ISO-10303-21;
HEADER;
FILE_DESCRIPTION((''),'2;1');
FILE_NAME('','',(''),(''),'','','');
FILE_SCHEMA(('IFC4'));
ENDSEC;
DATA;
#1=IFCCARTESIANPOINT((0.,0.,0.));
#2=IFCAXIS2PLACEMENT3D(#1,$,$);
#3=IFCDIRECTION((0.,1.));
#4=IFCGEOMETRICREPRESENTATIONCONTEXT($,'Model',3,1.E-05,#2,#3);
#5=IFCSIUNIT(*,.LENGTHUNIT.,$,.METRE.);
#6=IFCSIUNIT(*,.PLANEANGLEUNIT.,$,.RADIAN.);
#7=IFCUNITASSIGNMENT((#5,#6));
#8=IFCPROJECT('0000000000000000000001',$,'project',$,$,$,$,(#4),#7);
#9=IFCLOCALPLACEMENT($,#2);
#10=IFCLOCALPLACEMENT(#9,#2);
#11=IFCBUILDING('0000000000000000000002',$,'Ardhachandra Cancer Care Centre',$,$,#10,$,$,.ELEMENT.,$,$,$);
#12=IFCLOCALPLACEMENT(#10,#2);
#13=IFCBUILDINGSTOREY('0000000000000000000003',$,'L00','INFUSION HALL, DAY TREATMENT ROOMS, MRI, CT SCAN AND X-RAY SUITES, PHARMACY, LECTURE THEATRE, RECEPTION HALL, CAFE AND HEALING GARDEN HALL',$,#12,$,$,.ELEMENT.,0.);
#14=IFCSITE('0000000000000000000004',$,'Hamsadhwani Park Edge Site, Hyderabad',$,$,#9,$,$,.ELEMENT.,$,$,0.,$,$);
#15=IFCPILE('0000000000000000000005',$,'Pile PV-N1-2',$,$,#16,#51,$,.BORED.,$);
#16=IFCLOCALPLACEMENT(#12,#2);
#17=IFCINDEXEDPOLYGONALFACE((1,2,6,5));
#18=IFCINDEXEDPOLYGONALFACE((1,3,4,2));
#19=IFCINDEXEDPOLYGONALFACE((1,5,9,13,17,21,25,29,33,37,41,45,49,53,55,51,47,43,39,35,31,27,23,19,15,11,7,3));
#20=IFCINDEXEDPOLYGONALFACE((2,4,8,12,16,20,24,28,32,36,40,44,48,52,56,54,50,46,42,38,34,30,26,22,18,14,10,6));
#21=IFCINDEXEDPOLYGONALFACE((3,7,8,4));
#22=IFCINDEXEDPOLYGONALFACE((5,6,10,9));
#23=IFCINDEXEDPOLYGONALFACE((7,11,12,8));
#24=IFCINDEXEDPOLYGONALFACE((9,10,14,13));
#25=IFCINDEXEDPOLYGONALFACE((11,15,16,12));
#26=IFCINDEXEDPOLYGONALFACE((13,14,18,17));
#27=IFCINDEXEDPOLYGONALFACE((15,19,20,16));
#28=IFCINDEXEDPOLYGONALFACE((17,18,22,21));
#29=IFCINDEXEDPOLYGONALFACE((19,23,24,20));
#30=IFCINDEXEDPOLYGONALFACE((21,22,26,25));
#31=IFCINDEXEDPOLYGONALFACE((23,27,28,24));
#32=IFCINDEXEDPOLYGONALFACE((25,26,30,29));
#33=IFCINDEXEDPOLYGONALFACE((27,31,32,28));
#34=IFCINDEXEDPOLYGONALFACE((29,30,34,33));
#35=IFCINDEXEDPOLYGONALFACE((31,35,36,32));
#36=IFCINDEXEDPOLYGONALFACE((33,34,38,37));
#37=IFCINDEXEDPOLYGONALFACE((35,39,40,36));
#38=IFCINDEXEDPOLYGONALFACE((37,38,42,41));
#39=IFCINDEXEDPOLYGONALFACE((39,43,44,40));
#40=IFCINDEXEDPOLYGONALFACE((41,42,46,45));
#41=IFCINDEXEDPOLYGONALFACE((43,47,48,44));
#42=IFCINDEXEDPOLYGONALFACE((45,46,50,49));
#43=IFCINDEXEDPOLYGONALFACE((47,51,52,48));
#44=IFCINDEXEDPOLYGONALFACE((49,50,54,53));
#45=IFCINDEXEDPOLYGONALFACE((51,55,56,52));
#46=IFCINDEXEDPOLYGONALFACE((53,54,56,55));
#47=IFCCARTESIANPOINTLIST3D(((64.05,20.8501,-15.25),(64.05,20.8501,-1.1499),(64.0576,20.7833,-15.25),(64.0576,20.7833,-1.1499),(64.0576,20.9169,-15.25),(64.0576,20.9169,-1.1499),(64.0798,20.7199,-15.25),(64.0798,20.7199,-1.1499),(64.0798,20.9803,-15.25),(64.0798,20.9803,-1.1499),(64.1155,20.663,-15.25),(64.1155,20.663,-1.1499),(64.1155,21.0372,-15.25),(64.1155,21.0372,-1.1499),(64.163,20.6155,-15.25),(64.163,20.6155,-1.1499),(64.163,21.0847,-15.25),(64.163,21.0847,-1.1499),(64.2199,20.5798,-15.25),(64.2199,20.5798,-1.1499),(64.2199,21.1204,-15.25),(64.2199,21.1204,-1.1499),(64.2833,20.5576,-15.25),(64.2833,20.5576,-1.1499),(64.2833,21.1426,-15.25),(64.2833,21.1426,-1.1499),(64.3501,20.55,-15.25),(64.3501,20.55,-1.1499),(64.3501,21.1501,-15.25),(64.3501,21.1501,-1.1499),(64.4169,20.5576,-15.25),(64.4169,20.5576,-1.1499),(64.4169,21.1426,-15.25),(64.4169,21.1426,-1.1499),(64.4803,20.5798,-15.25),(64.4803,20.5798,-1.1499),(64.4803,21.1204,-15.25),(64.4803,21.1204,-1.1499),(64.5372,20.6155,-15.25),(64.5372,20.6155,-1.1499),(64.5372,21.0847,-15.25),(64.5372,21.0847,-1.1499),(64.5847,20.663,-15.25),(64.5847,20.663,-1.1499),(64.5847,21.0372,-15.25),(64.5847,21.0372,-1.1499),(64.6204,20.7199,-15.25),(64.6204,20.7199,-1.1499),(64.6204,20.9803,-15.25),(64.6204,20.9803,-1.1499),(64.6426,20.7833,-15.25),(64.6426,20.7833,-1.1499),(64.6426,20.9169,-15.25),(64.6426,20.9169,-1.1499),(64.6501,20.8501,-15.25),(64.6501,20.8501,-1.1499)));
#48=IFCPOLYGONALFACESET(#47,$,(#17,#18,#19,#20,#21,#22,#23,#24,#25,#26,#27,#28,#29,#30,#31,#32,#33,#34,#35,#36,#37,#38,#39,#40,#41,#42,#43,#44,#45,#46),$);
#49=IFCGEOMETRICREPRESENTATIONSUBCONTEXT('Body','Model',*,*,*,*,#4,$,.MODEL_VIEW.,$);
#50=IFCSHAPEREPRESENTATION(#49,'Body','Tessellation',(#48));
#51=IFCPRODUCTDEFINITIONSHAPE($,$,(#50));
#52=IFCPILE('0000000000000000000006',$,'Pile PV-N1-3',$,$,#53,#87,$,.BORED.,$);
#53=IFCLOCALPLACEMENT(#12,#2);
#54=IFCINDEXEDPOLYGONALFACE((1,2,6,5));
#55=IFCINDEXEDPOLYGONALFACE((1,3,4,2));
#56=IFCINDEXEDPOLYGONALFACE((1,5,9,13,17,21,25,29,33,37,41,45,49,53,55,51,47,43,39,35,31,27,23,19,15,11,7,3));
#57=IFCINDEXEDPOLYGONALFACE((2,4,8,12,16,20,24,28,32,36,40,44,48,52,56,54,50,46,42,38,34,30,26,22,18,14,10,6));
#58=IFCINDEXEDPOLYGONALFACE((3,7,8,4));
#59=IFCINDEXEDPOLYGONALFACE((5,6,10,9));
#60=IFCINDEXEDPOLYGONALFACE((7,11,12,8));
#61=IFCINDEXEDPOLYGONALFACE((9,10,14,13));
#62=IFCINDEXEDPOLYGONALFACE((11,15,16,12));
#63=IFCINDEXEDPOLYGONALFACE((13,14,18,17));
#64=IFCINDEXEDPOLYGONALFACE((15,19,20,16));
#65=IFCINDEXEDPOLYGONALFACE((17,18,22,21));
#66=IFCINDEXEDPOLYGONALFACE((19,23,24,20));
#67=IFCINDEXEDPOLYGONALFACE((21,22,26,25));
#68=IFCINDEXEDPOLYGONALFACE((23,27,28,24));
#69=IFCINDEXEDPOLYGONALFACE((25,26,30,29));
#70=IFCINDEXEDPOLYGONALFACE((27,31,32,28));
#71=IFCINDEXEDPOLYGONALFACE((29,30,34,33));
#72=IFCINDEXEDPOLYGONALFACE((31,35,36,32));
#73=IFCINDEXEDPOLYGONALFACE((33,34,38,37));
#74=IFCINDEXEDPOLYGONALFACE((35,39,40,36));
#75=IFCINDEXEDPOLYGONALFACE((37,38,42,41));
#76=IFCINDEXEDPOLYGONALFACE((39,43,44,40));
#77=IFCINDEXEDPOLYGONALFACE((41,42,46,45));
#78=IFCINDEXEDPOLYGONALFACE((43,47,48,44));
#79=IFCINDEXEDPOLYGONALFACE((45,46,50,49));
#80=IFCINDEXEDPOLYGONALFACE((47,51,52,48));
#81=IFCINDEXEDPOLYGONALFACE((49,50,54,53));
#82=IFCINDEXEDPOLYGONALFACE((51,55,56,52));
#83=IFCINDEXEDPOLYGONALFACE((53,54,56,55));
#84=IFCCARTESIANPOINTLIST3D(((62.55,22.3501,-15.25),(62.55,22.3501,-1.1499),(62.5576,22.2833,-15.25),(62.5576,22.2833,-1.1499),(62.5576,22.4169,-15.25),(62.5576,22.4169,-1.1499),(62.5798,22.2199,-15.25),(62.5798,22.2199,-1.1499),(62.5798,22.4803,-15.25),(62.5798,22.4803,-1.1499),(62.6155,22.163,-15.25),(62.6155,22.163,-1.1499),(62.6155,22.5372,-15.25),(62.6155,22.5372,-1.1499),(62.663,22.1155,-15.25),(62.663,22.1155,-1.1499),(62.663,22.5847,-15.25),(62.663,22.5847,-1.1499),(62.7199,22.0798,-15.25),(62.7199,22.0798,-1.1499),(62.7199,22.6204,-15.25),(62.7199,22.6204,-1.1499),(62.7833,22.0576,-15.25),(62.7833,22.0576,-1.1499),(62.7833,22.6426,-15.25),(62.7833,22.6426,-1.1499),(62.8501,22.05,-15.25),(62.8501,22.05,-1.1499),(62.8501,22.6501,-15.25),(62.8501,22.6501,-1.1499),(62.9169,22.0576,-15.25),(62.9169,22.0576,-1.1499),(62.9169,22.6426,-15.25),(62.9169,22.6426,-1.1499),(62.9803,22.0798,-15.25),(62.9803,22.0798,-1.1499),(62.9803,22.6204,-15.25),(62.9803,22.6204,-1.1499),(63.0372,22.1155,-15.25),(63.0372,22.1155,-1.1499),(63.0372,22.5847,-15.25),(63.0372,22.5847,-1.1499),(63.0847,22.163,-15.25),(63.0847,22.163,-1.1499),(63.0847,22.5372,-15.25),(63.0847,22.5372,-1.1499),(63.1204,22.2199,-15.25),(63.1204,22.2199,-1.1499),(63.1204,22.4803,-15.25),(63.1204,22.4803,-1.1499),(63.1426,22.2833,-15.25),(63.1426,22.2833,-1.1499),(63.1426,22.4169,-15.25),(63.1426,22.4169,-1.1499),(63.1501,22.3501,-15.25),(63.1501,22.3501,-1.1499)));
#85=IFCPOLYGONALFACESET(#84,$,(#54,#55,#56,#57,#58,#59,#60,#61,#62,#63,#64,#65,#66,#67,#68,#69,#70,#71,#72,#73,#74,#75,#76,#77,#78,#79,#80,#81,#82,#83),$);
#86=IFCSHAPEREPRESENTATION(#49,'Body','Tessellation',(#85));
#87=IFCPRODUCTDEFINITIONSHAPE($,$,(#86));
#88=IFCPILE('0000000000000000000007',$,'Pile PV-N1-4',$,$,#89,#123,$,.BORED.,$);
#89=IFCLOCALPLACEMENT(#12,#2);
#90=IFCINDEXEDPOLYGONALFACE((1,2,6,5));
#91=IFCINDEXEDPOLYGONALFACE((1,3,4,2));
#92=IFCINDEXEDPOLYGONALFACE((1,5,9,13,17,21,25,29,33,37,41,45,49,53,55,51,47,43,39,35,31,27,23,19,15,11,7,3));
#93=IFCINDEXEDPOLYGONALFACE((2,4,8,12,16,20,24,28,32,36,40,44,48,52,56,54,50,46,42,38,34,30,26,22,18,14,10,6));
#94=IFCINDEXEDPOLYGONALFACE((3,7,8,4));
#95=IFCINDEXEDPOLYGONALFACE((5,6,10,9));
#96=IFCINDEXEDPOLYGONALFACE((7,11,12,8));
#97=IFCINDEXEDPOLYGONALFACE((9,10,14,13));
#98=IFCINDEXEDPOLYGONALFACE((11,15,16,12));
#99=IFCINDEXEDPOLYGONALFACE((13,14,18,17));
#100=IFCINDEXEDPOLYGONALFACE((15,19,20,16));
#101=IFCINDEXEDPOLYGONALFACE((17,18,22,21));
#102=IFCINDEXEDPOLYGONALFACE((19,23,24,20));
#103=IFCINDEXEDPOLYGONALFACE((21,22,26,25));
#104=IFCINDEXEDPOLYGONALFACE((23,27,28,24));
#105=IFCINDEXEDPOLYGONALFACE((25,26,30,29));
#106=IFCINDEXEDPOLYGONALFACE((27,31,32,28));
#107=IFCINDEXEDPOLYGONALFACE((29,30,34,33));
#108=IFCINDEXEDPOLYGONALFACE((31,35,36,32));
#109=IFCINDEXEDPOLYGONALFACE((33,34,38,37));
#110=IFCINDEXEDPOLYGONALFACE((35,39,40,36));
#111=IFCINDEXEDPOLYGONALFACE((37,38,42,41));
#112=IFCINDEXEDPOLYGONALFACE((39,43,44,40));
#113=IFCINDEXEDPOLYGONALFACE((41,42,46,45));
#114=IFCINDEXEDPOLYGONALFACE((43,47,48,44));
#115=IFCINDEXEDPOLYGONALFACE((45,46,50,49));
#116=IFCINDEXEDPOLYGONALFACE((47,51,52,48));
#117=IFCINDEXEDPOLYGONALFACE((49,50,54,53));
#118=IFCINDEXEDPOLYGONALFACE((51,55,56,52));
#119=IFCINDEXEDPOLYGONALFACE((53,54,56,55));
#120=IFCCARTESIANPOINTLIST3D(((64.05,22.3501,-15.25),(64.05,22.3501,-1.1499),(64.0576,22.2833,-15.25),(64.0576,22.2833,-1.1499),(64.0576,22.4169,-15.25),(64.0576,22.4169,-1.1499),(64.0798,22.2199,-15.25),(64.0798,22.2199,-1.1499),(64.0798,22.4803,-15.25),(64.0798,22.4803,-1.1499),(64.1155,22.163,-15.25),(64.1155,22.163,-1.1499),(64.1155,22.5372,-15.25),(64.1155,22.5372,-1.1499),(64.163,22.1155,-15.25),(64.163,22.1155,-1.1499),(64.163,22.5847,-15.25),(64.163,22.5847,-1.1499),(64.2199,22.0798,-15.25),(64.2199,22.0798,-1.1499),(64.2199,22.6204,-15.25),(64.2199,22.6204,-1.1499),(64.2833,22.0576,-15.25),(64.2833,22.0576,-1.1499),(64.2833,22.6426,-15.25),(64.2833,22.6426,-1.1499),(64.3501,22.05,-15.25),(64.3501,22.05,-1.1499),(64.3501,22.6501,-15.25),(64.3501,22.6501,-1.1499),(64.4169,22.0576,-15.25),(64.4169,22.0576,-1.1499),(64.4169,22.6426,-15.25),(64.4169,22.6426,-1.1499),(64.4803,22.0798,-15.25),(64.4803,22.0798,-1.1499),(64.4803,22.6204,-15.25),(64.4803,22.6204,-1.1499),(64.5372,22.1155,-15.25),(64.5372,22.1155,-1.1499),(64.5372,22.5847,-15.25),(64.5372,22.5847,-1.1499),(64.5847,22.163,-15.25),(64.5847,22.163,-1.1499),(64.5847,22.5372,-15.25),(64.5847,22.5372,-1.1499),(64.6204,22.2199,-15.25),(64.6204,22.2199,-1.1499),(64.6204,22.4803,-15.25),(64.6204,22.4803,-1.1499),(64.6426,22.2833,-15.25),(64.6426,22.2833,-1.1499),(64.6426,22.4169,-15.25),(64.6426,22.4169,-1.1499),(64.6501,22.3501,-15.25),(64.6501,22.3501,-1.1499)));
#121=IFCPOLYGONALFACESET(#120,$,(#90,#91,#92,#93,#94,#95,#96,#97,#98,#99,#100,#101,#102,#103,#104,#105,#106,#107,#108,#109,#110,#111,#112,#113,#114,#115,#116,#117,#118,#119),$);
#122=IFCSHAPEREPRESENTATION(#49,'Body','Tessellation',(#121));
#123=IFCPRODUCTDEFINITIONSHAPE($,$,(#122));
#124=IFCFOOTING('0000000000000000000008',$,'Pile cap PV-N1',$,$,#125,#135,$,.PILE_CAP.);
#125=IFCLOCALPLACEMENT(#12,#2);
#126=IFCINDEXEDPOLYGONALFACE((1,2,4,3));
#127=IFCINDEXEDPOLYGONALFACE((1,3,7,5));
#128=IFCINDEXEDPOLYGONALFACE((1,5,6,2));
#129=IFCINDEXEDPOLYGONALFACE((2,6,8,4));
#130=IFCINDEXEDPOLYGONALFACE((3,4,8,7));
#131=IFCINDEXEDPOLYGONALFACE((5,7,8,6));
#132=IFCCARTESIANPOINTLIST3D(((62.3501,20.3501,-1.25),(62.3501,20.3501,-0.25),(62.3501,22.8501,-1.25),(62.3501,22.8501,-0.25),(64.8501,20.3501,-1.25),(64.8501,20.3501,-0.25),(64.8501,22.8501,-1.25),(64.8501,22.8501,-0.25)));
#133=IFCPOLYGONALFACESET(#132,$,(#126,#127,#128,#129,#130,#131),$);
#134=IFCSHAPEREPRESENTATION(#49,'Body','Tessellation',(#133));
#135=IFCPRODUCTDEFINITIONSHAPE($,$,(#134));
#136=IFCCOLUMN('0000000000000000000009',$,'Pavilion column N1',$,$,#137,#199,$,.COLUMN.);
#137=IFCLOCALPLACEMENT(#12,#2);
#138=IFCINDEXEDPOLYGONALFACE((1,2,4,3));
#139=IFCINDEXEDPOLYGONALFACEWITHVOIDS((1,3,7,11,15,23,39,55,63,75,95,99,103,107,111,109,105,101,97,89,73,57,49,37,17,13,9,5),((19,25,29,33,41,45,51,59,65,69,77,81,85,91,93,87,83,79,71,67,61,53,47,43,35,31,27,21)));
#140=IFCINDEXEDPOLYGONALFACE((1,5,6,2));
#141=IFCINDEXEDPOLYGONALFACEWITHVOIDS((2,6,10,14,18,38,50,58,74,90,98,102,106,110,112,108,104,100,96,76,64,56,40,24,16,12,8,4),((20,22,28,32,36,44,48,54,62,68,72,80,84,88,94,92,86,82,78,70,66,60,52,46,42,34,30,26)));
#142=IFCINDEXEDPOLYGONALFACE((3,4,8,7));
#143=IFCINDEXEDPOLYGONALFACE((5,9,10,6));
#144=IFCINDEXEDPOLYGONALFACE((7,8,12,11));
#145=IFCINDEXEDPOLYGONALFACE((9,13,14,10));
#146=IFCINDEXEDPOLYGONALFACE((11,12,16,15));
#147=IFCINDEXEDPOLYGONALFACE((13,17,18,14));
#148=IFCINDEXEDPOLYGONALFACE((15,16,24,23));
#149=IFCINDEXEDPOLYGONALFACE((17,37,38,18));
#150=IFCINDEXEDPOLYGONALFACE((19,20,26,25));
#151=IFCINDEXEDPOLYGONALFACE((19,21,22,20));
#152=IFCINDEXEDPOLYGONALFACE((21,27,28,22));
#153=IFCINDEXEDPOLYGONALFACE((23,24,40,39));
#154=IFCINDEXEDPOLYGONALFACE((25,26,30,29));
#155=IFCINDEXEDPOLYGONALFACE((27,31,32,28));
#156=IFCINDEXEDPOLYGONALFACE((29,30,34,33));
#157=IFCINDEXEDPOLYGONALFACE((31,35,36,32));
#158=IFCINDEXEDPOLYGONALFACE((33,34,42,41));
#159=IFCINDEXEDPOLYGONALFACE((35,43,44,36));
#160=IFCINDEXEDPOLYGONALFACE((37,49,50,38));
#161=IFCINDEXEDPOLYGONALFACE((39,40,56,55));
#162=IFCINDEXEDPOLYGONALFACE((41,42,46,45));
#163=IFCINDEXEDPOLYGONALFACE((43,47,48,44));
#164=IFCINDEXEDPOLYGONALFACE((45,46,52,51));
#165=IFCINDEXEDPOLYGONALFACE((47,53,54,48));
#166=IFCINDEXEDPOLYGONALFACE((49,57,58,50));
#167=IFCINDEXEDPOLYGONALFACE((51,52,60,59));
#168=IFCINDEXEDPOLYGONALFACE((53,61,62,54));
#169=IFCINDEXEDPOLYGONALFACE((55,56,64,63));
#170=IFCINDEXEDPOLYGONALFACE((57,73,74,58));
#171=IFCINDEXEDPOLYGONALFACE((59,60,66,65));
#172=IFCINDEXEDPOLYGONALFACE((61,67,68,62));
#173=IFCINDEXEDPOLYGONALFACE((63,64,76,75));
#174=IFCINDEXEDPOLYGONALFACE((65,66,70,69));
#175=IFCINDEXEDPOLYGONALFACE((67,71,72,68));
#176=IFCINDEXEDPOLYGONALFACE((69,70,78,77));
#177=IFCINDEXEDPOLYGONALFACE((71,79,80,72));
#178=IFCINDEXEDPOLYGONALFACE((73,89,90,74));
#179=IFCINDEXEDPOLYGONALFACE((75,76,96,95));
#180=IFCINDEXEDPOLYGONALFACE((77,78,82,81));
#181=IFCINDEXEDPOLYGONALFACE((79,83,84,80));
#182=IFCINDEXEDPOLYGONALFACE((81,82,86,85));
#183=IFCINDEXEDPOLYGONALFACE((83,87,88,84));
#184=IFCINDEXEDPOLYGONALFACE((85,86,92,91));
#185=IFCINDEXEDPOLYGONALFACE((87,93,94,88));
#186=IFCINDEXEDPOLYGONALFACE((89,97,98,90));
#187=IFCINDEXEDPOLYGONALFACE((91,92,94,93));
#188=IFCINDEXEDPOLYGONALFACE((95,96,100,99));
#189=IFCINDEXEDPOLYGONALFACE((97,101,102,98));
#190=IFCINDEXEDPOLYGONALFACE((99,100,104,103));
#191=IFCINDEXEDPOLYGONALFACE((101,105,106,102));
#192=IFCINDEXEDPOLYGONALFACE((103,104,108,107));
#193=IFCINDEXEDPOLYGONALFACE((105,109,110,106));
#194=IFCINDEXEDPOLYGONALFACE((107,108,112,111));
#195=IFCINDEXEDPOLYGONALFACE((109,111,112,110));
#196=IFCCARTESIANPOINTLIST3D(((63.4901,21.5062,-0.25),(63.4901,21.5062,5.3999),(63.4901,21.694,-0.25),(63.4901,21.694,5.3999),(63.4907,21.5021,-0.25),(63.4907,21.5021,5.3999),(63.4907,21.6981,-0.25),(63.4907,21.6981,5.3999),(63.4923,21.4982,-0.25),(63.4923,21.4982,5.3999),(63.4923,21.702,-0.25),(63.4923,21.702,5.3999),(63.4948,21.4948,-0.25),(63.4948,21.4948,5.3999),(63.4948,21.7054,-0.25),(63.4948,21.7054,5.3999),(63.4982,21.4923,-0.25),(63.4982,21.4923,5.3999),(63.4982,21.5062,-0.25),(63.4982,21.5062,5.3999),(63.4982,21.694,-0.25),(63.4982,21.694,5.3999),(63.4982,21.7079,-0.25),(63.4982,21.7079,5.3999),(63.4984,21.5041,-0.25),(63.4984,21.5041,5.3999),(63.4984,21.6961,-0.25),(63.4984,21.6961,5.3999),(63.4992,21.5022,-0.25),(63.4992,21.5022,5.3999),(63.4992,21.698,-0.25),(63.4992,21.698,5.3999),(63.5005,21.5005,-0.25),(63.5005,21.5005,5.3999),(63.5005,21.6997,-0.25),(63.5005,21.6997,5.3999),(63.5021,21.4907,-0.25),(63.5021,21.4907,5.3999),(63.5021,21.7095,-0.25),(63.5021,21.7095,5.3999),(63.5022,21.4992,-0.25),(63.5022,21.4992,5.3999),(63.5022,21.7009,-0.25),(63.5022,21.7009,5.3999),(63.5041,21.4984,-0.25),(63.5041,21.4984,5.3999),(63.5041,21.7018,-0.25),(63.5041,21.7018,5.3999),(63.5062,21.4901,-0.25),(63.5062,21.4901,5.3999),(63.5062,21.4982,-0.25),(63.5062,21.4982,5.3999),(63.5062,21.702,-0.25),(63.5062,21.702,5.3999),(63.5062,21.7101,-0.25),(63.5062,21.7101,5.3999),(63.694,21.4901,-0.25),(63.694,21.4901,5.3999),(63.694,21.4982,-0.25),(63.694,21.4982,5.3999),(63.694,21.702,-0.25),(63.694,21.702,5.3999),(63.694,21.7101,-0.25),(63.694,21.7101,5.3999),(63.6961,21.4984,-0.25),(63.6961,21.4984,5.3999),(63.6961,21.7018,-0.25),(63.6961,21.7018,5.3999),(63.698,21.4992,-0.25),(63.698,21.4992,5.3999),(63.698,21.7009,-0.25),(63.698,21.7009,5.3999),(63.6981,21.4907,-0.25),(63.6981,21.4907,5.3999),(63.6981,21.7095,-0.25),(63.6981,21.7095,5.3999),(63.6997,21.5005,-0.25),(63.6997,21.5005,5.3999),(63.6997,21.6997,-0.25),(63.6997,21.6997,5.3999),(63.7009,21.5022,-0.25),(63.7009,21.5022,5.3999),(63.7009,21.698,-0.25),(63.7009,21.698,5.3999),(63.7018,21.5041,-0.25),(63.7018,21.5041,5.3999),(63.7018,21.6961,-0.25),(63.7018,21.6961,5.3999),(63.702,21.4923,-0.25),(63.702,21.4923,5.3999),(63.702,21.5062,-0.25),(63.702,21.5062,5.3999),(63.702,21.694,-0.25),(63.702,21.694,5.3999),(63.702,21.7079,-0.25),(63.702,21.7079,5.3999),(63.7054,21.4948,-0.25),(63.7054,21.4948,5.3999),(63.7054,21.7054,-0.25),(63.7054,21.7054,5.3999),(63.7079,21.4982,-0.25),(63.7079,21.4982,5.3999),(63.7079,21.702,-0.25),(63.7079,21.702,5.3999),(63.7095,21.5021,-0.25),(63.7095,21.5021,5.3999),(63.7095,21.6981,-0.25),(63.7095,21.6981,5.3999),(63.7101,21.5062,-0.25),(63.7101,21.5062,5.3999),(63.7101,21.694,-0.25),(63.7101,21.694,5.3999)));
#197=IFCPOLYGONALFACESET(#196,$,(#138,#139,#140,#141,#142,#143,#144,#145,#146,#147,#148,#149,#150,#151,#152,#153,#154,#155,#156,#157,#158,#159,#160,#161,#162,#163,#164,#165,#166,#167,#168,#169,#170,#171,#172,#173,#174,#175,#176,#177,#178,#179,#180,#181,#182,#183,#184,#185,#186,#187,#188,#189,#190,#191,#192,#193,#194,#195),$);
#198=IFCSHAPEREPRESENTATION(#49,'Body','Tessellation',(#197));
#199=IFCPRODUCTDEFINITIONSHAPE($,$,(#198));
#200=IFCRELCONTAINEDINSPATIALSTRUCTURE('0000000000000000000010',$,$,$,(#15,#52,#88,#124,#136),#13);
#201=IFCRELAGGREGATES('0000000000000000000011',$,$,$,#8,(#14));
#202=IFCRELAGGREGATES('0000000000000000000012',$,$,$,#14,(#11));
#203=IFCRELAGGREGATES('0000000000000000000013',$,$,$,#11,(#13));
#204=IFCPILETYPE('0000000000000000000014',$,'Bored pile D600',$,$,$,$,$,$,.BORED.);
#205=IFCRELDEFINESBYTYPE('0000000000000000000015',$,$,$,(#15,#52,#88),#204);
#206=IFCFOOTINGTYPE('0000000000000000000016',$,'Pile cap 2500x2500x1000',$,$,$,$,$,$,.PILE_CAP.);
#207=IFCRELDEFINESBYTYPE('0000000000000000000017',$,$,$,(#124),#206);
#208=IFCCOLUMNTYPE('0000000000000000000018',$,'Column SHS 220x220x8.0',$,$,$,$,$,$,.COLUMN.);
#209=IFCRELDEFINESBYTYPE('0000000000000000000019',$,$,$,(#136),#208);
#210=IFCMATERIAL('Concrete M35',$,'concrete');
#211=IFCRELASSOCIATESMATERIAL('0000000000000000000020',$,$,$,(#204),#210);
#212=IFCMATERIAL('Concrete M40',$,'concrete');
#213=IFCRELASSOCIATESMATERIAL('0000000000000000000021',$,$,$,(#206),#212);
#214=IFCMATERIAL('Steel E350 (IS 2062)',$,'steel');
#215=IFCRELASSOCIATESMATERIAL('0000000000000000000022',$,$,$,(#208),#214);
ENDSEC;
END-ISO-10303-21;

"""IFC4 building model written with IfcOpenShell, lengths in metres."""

from ifc_helpers import new_model, si_unit, direction, frame, origin, origin_2d, place, context, subcontext, project, spatial, rectangle, hollow_rectangle, circle, extrude, material, material_profile, profile_set, type_object, element, save


model = new_model("IFC4")

# Units and contexts
model_context = context("Model", 3, precision=1e-05, world=origin(), true_north=direction((0.0, 1.0)))
body_context = subcontext(model_context, "Body", "Model", "MODEL_VIEW")
ifc_project = project(units=[si_unit("LENGTHUNIT", "METRE"), si_unit("PLANEANGLEUNIT", "RADIAN")], contexts=[model_context])

# Site, building, storey
site_placement = place(None, origin())
site = spatial("IfcSite", under=ifc_project, at=site_placement, Name="Hamsadhwani Park Edge Site, Hyderabad", CompositionType="ELEMENT", RefElevation=0.0)
building_placement = place(site_placement, origin())
building = spatial("IfcBuilding", under=site, at=building_placement, Name="Ardhachandra Cancer Care Centre", CompositionType="ELEMENT")
storey_placement = place(building_placement, origin())
storey = spatial("IfcBuildingStorey", under=building, at=storey_placement, Name="L00", Description="INFUSION HALL, DAY TREATMENT ROOMS, MRI, CT SCAN AND X-RAY SUITES, PHARMACY, LECTURE THEATRE, RECEPTION HALL, CAFE AND HEALING GARDEN HALL", CompositionType="ELEMENT", Elevation=0.0)

# Piles
ifc_material_1 = material(Name="Concrete M35", Category="concrete")
ifc_material_profile_1 = material_profile(ifc_material_1, circle(Radius=0.3, at=origin_2d()), Name="D600")
ifc_profile_set_1 = profile_set([ifc_material_profile_1], Name="Concrete M35")
pile_type = type_object("IfcPileType", Name="Bored pile D600", PredefinedType="BORED", material=ifc_profile_set_1)
for number, where, z_axis, x_axis, name in (
    (1, (64.3501, 20.8501, -1.1499), (0.0, 0.0, -1.0), (1.0, 0.0, 0.0), "Pile PV-N1-2"),
    (2, (62.8501, 22.3501, -1.1499), (0.0, 0.0, -1.0), (1.0, 0.0, 0.0), "Pile PV-N1-3"),
    (3, (64.3501, 22.3501, -1.1499), (0.0, 0.0, -1.0), (1.0, 0.0, 0.0), "Pile PV-N1-4"),
):
    element("IfcPile", number, at=place(storey_placement, frame(where, z_axis=z_axis, x_axis=x_axis)), inside=storey, type_object=pile_type, Name=name, PredefinedType="BORED", context=body_context, shape_type="SweptSolid", body=[
        extrude(circle(Radius=0.3, at=origin_2d()), origin(), (0.0, 0.0, 1.0), 14.1001),
    ])

# Footing
ifc_material_2 = material(Name="Concrete M40", Category="concrete")
footing_type = type_object("IfcFootingType", Name="Pile cap 2500x2500x1000", PredefinedType="PILE_CAP", material=ifc_material_2)
footing_placement = place(storey_placement, frame((63.6001, 21.6001, -1.25), z_axis=(0.0, 0.0, 1.0), x_axis=(1.0, 0.0, 0.0)))
element("IfcFooting", 4, at=footing_placement, inside=storey, type_object=footing_type, Name="Pile cap PV-N1", PredefinedType="PILE_CAP", context=body_context, shape_type="SweptSolid", body=[
    extrude(rectangle(XDim=2.5, YDim=2.5, at=origin_2d()), origin(), (0.0, 0.0, 1.0), 1.0),
])

# Column
ifc_material_3 = material(Name="Steel E350 (IS 2062)", Category="steel")
ifc_material_profile_2 = material_profile(ifc_material_3, hollow_rectangle(XDim=0.22, YDim=0.22, WallThickness=0.0081, InnerFilletRadius=0.0081, OuterFilletRadius=0.0161, at=origin_2d()), Name="SHS 220x220x8.0")
ifc_profile_set_2 = profile_set([ifc_material_profile_2], Name="Steel E350 (IS 2062)")
column_type_1 = type_object("IfcColumnType", Name="Column SHS 220x220x8.0", PredefinedType="COLUMN", material=ifc_profile_set_2)
column_1_placement = place(storey_placement, frame((63.6001, 21.6001, -0.25), z_axis=(0.0, 0.0, 1.0), x_axis=(1.0, 0.0, 0.0)))
element("IfcColumn", 5, at=column_1_placement, inside=storey, type_object=column_type_1, Name="Pavilion column N1", PredefinedType="COLUMN", context=body_context, shape_type="SweptSolid", body=[
    extrude(hollow_rectangle(XDim=0.22, YDim=0.22, WallThickness=0.0081, InnerFilletRadius=0.0081, OuterFilletRadius=0.0161, at=origin_2d()), origin(), (0.0, 0.0, 1.0), 5.6499),
])

save(model, "model.ifc")
